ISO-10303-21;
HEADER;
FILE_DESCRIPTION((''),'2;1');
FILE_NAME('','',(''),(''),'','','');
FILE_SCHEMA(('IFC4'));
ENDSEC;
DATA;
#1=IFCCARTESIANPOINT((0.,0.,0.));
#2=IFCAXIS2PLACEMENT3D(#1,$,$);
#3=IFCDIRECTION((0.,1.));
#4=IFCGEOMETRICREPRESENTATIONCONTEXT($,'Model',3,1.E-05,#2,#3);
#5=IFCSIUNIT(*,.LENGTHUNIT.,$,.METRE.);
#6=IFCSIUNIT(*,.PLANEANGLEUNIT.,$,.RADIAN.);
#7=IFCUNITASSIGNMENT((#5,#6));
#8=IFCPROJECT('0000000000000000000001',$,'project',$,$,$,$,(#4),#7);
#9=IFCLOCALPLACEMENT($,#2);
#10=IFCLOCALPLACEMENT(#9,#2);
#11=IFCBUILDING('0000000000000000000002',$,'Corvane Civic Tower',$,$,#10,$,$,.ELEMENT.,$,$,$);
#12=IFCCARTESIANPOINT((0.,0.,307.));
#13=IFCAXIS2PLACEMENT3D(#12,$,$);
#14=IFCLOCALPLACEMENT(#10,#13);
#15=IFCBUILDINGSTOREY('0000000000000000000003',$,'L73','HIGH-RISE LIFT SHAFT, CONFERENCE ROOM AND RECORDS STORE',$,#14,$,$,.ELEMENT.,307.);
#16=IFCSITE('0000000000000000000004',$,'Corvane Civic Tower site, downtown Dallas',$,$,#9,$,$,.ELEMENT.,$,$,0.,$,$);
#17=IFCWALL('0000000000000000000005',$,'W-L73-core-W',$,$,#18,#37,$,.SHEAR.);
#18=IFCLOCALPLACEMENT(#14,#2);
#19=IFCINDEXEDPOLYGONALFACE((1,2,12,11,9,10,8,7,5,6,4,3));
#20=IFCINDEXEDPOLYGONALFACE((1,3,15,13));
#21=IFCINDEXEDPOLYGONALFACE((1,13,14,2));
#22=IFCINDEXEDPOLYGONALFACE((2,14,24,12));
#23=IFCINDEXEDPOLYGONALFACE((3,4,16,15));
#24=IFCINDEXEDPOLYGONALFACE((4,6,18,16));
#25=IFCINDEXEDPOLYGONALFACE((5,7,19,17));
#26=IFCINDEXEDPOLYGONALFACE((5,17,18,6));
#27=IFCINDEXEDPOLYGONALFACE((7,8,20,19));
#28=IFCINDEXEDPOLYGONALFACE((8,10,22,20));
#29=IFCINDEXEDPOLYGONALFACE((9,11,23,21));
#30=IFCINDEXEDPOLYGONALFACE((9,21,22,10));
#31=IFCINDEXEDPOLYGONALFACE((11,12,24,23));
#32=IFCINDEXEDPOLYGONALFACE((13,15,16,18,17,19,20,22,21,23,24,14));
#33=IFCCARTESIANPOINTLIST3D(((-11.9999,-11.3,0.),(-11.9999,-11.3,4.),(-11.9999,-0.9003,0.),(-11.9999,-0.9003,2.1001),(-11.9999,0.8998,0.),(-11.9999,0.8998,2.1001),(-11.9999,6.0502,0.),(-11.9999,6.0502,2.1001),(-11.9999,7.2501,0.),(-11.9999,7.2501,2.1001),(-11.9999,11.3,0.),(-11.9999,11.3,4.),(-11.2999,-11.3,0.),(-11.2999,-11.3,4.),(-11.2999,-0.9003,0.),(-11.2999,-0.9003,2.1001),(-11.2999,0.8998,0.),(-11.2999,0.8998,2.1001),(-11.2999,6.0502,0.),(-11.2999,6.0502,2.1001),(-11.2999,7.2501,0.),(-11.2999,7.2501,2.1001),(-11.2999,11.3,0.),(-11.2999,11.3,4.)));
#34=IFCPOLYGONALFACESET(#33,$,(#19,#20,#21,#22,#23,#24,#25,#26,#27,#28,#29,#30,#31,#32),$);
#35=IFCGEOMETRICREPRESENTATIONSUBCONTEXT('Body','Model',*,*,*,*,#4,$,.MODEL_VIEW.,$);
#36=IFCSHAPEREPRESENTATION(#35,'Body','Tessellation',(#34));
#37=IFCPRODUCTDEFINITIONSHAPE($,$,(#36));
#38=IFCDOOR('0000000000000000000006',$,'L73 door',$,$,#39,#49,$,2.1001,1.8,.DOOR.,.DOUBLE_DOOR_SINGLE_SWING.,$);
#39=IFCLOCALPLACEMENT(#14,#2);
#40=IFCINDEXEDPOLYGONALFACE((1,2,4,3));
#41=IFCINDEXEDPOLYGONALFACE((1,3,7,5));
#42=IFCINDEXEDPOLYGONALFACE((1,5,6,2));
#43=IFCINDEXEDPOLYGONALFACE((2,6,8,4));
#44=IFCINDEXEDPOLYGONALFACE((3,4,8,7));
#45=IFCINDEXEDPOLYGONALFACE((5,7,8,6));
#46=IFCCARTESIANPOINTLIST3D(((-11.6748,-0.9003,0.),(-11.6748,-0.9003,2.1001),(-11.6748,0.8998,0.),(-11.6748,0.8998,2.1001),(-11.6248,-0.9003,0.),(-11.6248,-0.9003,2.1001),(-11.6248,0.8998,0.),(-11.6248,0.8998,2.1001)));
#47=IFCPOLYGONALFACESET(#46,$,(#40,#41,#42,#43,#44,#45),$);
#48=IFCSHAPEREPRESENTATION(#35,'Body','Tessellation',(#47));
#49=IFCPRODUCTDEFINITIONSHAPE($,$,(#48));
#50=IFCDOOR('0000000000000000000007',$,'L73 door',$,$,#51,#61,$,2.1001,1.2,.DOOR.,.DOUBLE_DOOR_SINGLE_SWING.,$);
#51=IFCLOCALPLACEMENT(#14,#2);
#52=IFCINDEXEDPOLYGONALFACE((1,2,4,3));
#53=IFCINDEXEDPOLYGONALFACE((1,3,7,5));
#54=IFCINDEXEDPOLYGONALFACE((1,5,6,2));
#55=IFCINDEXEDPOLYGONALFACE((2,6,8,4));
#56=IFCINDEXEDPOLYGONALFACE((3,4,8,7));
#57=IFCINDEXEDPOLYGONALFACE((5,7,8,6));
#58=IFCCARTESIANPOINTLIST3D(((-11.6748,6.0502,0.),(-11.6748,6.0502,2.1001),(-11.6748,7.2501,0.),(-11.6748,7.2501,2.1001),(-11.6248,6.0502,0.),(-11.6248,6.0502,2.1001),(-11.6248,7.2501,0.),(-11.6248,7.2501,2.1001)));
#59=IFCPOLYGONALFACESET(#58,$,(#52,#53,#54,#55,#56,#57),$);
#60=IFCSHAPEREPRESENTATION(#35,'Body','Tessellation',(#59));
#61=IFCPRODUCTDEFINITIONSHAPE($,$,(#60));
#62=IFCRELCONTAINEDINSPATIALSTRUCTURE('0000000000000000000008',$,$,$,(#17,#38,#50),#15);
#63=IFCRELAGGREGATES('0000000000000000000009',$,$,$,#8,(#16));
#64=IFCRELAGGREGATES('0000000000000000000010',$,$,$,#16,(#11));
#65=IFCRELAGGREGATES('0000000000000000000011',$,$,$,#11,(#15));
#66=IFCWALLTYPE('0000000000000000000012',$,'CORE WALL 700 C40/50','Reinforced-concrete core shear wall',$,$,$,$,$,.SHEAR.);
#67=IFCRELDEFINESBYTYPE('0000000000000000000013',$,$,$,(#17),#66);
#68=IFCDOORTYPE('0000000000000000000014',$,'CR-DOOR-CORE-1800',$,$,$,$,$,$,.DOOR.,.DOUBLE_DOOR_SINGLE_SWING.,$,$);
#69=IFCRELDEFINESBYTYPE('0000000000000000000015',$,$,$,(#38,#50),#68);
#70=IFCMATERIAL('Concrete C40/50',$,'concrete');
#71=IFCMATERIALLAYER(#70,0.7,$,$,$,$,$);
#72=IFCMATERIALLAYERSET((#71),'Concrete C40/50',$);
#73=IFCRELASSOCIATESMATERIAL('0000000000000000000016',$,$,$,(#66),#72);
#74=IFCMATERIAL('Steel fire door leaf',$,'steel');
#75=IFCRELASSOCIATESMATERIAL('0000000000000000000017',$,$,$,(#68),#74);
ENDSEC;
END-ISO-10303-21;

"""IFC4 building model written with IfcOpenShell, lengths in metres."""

from ifc_helpers import new_model, si_unit, direction, frame, frame_2d, origin, place, context, subcontext, project, spatial, rectangle, extrude, material, layer, layer_set, type_object, element, fill, save


model = new_model("IFC4")

# Units and contexts
model_context = context("Model", 3, precision=1e-05, world=origin(), true_north=direction((0.0, 1.0)))
body_context = subcontext(model_context, "Body", "Model", "MODEL_VIEW")
ifc_project = project(units=[si_unit("LENGTHUNIT", "METRE"), si_unit("PLANEANGLEUNIT", "RADIAN")], contexts=[model_context])

# Site, building, storey
site_placement = place(None, origin())
site = spatial("IfcSite", under=ifc_project, at=site_placement, Name="Corvane Civic Tower site, downtown Dallas", CompositionType="ELEMENT", RefElevation=0.0)
building_placement = place(site_placement, origin())
building = spatial("IfcBuilding", under=site, at=building_placement, Name="Corvane Civic Tower", CompositionType="ELEMENT")
storey_placement = place(building_placement, frame((0.0, 0.0, 307.0)))
storey = spatial("IfcBuildingStorey", under=building, at=storey_placement, Name="L73", Description="HIGH-RISE LIFT SHAFT, CONFERENCE ROOM AND RECORDS STORE", CompositionType="ELEMENT", Elevation=307.0)

# Wall, openings, doors
ifc_material_1 = material(Name="Concrete C40/50", Category="concrete")
ifc_layer_1 = layer(ifc_material_1, 0.7)
ifc_layer_set_1 = layer_set([ifc_layer_1], Name="Concrete C40/50")
wall_type = type_object("IfcWallType", Name="CORE WALL 700 C40/50", Description="Reinforced-concrete core shear wall", PredefinedType="SHEAR", material=ifc_layer_set_1)
wall_placement = place(storey_placement, frame((-11.6499, -11.3, 0.0), z_axis=(0.0, 0.0, 1.0), x_axis=(0.0, 1.0, 0.0)))
wall = element("IfcWall", 1, at=wall_placement, inside=storey, type_object=wall_type, Name="W-L73-core-W", PredefinedType="SHEAR", context=body_context, shape_type="SweptSolid", body=[
    extrude(rectangle(XDim=22.6001, YDim=0.7, at=frame_2d((11.3, 0.0))), origin(), (0.0, 0.0, 1.0), 4.0),
])
opening_1_placement = place(wall_placement, frame((10.3999, 0.0, 0.0)))
opening_1 = element("IfcOpeningElement", 2, at=opening_1_placement, cuts=wall, PredefinedType="OPENING", context=body_context, shape_type="SweptSolid", body=[
    extrude(rectangle(XDim=1.8, YDim=2.1001, at=frame_2d((0.8999, 1.05))), frame((0.0, 0.3599, 0.0), z_axis=(0.0, -1.0, 0.0), x_axis=(1.0, 0.0, 0.0)), (0.0, 0.0, 1.0), 0.72),
])
opening_2_placement = place(wall_placement, frame((17.3501, 0.0, 0.0)))
opening_2 = element("IfcOpeningElement", 3, at=opening_2_placement, cuts=wall, PredefinedType="OPENING", context=body_context, shape_type="SweptSolid", body=[
    extrude(rectangle(XDim=1.2, YDim=2.1001, at=frame_2d((0.6001, 1.05))), frame((0.0, 0.3599, 0.0), z_axis=(0.0, -1.0, 0.0), x_axis=(1.0, 0.0, 0.0)), (0.0, 0.0, 1.0), 0.72),
])
ifc_material_2 = material(Name="Steel fire door leaf", Category="steel")
door_type = type_object("IfcDoorType", Name="CR-DOOR-CORE-1800", OperationType="DOUBLE_DOOR_SINGLE_SWING", PredefinedType="DOOR", material=ifc_material_2)
door_1_placement = place(opening_1_placement, origin())
door_1 = element("IfcDoor", 4, at=door_1_placement, inside=storey, type_object=door_type, Name="L73 door", OperationType="DOUBLE_DOOR_SINGLE_SWING", OverallHeight=2.1001, OverallWidth=1.8, PredefinedType="DOOR", context=body_context, shape_type="SweptSolid", body=[
    extrude(rectangle(XDim=1.8, YDim=2.1001, at=frame_2d((0.8999, 1.05))), frame((0.0, 0.0249, 0.0), z_axis=(0.0, -1.0, 0.0), x_axis=(1.0, 0.0, 0.0)), (0.0, 0.0, 1.0), 0.05),
])
fill(opening_1, door_1)
door_2_placement = place(opening_2_placement, origin())
door_2 = element("IfcDoor", 5, at=door_2_placement, inside=storey, type_object=door_type, Name="L73 door", OperationType="DOUBLE_DOOR_SINGLE_SWING", OverallHeight=2.1001, OverallWidth=1.2, PredefinedType="DOOR", context=body_context, shape_type="SweptSolid", body=[
    extrude(rectangle(XDim=1.2, YDim=2.1001, at=frame_2d((0.6001, 1.05))), frame((0.0, 0.0249, 0.0), z_axis=(0.0, -1.0, 0.0), x_axis=(1.0, 0.0, 0.0)), (0.0, 0.0, 1.0), 0.05),
])
fill(opening_2, door_2)

save(model, "model.ifc")
